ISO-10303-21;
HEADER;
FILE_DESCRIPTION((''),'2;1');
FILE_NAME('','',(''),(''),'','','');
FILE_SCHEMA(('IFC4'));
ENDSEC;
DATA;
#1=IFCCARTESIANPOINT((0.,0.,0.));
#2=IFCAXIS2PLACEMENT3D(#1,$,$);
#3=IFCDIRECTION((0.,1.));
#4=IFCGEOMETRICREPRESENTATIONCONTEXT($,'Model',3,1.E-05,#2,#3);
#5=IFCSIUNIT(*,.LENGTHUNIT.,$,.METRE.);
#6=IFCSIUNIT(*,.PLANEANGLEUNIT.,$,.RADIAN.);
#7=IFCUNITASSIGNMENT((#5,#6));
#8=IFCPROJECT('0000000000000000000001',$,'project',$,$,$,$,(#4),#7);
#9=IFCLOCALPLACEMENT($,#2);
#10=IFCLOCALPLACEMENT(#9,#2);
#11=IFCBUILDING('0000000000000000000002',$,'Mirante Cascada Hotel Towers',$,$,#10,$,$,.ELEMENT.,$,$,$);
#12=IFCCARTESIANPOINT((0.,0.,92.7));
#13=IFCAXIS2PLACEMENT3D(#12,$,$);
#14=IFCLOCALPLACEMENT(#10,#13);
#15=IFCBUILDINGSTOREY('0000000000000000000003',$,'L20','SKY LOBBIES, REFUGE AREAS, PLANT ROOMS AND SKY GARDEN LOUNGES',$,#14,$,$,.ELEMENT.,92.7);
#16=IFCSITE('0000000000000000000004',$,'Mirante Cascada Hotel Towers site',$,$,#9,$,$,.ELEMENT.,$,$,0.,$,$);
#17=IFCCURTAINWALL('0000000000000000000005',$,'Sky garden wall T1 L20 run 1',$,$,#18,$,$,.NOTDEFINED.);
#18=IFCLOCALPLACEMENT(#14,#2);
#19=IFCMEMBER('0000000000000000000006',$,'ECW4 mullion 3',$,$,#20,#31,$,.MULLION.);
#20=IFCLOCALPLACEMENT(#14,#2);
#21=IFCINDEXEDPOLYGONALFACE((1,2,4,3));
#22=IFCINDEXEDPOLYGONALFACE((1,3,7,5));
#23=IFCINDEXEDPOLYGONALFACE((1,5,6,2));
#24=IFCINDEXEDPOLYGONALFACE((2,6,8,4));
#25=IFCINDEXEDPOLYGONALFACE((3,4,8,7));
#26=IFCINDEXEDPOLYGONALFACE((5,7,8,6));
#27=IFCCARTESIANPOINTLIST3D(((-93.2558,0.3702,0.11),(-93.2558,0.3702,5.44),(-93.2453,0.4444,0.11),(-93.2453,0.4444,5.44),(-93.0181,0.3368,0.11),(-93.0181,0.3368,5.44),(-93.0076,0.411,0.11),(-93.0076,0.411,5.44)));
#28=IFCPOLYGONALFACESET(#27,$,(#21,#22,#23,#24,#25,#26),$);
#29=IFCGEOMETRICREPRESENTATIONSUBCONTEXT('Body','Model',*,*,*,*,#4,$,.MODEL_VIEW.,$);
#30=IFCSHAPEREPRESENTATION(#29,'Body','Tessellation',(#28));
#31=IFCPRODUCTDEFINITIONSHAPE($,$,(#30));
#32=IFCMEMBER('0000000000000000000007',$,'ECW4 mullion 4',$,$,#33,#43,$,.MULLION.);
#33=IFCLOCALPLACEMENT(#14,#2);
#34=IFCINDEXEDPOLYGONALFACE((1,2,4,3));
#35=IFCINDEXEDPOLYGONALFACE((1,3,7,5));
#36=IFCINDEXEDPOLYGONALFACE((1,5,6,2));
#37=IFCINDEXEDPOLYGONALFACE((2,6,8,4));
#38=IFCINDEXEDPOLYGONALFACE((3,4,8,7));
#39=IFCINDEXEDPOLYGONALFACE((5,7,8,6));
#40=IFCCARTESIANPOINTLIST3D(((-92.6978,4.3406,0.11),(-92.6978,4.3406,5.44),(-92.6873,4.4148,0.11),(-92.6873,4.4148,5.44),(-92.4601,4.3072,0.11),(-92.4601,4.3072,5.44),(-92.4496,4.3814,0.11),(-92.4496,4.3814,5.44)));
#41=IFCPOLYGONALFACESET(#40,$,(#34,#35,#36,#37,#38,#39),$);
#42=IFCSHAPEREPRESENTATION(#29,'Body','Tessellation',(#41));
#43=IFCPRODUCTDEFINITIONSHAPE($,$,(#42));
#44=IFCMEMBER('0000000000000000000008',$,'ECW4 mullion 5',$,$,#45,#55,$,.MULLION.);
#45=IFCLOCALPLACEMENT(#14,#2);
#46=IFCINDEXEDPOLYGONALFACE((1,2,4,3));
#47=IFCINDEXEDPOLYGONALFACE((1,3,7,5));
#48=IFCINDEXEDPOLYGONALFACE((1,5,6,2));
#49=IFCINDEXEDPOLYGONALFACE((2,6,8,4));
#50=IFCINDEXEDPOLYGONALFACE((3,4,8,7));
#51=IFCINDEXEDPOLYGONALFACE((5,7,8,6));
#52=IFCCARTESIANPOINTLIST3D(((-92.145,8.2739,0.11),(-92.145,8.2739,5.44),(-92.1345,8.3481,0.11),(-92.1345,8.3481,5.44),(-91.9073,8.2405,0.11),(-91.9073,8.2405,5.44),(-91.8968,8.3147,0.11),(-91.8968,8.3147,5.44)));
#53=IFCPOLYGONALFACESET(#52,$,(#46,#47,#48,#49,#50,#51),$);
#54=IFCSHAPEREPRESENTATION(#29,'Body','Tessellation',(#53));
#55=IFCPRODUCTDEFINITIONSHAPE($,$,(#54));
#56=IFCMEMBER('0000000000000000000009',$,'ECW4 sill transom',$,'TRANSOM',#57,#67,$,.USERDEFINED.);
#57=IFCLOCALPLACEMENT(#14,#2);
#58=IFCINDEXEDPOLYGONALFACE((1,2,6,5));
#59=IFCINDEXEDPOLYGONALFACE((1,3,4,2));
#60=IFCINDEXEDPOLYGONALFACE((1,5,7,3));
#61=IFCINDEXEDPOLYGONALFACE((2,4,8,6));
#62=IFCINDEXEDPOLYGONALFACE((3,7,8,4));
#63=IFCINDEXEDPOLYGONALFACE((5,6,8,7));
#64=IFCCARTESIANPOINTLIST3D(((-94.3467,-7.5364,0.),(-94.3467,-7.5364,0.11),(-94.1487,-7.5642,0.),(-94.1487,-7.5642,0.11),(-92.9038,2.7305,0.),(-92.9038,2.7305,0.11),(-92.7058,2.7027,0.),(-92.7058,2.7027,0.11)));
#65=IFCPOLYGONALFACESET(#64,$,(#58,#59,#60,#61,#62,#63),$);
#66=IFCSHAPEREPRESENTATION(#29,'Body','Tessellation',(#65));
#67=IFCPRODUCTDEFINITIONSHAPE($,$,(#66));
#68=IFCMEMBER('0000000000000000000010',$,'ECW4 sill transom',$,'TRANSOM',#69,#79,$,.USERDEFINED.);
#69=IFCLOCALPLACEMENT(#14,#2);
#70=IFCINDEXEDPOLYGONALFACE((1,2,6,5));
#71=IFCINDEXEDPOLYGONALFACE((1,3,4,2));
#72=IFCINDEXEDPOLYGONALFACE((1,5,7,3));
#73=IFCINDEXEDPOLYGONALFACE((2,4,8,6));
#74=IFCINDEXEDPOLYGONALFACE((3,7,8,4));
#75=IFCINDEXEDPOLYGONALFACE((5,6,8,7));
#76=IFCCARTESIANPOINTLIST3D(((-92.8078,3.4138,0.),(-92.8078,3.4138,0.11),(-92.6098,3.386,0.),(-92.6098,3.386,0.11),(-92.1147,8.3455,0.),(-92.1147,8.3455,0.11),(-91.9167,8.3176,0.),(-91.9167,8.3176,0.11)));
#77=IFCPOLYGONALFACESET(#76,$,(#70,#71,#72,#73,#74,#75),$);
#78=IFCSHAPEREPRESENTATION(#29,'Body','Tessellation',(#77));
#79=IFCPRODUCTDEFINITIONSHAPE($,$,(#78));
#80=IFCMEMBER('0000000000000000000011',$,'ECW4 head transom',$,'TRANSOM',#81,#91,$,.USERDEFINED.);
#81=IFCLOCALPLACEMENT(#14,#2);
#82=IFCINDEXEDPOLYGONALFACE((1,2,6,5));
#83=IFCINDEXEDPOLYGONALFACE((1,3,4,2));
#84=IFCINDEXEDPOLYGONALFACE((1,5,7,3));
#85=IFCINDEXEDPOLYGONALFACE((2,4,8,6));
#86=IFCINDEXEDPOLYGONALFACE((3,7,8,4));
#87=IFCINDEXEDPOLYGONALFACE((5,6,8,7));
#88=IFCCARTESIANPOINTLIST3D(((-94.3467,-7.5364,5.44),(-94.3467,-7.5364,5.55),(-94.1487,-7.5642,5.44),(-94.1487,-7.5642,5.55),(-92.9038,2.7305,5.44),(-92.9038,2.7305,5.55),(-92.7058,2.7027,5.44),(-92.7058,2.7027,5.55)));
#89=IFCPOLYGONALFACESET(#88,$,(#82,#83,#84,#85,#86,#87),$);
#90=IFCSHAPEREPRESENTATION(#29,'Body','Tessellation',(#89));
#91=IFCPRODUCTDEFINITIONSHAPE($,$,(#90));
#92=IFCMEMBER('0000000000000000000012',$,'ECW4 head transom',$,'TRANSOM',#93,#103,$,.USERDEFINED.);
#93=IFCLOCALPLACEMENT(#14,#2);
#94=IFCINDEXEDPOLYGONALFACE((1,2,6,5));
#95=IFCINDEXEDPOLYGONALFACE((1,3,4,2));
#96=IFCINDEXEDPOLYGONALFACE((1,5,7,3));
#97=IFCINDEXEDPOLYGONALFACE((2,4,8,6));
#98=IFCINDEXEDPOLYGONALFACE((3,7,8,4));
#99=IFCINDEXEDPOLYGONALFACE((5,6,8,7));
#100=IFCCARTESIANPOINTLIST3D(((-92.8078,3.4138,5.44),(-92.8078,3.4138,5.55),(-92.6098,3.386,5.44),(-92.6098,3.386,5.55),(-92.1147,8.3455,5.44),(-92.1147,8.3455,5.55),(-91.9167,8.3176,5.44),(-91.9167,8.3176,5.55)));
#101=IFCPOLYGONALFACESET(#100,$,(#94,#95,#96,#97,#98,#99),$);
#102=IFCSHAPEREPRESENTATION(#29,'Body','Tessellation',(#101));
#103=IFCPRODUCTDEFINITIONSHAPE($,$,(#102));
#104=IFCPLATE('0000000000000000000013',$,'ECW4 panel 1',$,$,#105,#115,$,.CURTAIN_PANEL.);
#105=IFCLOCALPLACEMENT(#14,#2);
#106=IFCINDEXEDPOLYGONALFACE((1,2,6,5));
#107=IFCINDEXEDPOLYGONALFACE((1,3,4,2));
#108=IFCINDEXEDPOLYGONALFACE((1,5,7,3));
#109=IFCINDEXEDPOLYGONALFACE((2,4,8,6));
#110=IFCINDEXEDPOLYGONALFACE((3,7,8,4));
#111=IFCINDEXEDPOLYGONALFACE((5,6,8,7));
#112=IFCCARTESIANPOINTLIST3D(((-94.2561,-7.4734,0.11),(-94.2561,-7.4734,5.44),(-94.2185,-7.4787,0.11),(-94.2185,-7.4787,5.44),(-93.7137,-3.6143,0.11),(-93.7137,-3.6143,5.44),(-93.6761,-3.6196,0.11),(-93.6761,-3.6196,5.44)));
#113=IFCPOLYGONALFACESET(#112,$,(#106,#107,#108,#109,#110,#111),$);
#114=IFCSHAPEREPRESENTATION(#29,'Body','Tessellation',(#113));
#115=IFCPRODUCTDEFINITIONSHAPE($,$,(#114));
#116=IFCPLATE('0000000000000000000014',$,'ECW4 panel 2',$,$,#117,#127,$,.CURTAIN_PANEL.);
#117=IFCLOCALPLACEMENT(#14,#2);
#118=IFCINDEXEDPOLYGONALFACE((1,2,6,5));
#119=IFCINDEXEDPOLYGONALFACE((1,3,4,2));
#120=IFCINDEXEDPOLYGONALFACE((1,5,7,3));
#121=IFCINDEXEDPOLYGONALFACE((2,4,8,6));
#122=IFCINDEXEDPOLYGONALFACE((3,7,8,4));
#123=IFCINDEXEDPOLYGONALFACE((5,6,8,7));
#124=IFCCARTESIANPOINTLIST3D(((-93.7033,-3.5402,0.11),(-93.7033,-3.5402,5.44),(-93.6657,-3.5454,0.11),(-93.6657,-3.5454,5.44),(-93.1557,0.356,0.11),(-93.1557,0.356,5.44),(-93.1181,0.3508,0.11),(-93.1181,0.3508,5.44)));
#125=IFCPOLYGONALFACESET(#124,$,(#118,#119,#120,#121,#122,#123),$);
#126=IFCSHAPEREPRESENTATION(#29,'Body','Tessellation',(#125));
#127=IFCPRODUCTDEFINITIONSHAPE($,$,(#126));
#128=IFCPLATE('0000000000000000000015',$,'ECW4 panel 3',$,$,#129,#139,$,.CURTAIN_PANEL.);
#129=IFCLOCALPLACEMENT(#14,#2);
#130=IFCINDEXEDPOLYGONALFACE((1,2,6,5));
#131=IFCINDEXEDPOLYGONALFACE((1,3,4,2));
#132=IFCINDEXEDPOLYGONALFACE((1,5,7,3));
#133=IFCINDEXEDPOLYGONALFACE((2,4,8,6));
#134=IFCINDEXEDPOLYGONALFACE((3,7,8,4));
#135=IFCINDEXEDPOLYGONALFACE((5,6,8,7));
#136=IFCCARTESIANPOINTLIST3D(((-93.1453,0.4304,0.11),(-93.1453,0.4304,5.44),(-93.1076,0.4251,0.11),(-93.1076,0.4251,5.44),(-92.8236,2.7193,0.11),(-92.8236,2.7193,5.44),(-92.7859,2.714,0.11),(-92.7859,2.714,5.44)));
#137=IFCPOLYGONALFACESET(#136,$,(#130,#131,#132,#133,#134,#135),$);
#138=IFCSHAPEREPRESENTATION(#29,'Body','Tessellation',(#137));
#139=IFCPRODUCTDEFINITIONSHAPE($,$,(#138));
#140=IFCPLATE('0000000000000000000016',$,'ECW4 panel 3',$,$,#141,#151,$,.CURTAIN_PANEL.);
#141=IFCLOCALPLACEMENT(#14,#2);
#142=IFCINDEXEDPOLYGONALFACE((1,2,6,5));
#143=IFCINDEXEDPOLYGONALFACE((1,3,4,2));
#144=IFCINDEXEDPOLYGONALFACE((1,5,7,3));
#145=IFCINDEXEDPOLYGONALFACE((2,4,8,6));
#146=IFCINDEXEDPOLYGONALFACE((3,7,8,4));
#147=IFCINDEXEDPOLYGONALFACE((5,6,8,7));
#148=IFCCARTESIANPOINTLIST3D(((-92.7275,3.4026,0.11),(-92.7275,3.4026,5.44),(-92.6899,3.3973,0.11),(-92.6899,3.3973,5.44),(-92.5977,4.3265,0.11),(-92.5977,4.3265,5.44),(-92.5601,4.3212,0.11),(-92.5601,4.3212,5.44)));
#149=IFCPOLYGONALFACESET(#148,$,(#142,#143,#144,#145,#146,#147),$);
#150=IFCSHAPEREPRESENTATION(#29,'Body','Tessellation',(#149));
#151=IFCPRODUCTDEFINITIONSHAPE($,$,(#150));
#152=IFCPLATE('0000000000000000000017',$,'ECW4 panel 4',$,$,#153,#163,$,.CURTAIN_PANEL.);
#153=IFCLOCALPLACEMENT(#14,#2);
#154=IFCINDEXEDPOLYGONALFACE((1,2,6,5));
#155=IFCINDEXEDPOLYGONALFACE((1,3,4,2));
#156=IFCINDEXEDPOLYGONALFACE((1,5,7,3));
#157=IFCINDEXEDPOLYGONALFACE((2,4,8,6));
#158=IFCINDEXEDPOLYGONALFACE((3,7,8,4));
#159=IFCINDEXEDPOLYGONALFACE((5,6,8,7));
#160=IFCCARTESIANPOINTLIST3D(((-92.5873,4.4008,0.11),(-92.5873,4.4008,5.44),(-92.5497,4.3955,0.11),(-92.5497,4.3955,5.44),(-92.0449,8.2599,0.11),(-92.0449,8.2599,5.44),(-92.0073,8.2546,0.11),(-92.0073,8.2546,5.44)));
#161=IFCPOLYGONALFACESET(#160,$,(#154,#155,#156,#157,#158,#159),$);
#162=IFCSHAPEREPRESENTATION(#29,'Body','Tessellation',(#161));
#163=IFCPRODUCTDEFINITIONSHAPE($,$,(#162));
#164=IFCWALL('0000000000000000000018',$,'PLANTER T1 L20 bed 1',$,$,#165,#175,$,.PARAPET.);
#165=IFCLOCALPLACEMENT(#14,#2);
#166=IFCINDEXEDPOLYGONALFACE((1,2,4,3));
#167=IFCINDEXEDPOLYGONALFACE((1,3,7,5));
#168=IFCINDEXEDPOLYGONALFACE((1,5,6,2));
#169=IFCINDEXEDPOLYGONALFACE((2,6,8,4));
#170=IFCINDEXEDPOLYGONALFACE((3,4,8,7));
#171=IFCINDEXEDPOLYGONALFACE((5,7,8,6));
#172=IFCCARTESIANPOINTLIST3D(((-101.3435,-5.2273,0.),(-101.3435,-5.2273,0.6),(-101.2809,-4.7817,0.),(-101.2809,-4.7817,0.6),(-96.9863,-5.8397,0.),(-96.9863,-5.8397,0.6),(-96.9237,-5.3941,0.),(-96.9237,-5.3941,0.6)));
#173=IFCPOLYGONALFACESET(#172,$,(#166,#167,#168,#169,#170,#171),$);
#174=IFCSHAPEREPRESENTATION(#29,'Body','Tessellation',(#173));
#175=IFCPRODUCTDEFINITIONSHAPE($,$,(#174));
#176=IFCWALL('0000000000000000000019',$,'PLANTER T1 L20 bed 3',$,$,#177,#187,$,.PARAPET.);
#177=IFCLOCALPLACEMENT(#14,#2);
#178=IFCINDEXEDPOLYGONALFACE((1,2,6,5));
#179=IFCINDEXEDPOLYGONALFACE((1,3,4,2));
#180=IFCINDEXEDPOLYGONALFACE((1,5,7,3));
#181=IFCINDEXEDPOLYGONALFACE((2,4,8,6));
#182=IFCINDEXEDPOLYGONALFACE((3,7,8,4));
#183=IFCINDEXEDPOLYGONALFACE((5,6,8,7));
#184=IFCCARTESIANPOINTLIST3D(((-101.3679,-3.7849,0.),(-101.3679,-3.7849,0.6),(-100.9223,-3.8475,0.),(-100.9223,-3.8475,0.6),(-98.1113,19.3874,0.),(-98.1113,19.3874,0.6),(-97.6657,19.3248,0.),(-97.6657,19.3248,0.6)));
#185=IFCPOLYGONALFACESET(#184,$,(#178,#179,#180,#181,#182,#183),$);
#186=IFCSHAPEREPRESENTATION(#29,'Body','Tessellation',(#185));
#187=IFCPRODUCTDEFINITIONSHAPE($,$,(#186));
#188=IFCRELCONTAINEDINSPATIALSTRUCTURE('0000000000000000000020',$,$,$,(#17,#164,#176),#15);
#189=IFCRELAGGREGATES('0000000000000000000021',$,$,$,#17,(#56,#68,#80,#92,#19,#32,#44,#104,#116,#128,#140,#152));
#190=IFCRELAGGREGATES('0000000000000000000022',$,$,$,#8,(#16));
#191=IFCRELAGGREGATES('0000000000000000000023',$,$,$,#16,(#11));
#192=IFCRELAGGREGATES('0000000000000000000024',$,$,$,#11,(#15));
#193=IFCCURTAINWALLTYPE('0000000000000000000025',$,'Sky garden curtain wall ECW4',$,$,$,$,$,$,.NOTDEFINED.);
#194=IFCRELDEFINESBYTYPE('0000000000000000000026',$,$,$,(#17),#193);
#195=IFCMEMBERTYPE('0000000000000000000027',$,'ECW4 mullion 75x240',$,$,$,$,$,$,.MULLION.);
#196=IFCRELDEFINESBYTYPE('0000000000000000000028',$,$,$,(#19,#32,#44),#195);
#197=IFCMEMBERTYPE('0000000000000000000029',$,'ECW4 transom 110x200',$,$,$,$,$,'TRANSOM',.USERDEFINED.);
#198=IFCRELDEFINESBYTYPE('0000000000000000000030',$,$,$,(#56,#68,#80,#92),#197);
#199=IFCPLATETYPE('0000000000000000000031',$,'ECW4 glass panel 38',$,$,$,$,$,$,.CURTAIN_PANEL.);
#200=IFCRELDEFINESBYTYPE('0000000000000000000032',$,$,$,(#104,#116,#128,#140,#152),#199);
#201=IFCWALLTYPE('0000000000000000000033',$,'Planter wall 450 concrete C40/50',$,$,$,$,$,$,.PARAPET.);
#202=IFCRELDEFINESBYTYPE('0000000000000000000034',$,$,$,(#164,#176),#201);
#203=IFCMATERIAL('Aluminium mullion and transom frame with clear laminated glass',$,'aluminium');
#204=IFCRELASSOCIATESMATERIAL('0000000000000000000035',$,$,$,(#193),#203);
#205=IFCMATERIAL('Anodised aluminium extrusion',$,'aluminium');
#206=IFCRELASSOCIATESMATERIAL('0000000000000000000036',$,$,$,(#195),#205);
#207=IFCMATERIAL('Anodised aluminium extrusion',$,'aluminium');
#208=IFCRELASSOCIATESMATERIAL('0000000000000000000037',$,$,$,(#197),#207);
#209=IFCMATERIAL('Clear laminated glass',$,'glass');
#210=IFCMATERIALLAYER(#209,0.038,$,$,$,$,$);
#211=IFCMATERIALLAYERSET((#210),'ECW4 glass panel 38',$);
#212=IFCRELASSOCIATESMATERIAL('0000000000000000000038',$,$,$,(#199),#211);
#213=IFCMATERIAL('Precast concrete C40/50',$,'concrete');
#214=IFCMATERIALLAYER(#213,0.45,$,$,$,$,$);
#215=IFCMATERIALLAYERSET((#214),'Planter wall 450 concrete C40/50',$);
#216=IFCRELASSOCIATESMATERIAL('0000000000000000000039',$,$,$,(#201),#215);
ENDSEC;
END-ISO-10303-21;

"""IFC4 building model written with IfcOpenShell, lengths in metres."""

from ifc_helpers import new_model, si_unit, direction, frame, frame_2d, origin, origin_2d, place, context, subcontext, project, spatial, rectangle, extrude, material, layer, layer_set, material_profile, profile_set, type_object, element, aggregate, save


model = new_model("IFC4")

# Units and contexts
model_context = context("Model", 3, precision=1e-05, world=origin(), true_north=direction((0.0, 1.0)))
body_context = subcontext(model_context, "Body", "Model", "MODEL_VIEW")
ifc_project = project(units=[si_unit("LENGTHUNIT", "METRE"), si_unit("PLANEANGLEUNIT", "RADIAN")], contexts=[model_context])

# Site, building, storey
site_placement = place(None, origin())
site = spatial("IfcSite", under=ifc_project, at=site_placement, Name="Mirante Cascada Hotel Towers site", CompositionType="ELEMENT", RefElevation=0.0)
building_placement = place(site_placement, origin())
building = spatial("IfcBuilding", under=site, at=building_placement, Name="Mirante Cascada Hotel Towers", CompositionType="ELEMENT")
storey_placement = place(building_placement, frame((0.0, 0.0, 92.7)))
storey = spatial("IfcBuildingStorey", under=building, at=storey_placement, Name="L20", Description="SKY LOBBIES, REFUGE AREAS, PLANT ROOMS AND SKY GARDEN LOUNGES", CompositionType="ELEMENT", Elevation=92.7)

# Curtain wall, members, plates
ifc_material_1 = material(Name="Aluminium mullion and transom frame with clear laminated glass", Category="aluminium")
curtain_wall_type = type_object("IfcCurtainWallType", Name="Sky garden curtain wall ECW4", PredefinedType="NOTDEFINED", material=ifc_material_1)
curtain_wall_placement = place(storey_placement, origin())
curtain_wall = element("IfcCurtainWall", 1, at=curtain_wall_placement, inside=storey, type_object=curtain_wall_type, Name="Sky garden wall T1 L20 run 1", PredefinedType="NOTDEFINED")
ifc_material_2 = material(Name="Anodised aluminium extrusion", Category="aluminium")
ifc_material_profile_1 = material_profile(ifc_material_2, rectangle(XDim=0.24, YDim=0.075, at=origin_2d()), Name="ECW4 MULLION 75x240")
ifc_profile_set_1 = profile_set([ifc_material_profile_1], Name="Anodised aluminium extrusion")
member_type_1 = type_object("IfcMemberType", Name="ECW4 mullion 75x240", PredefinedType="MULLION", material=ifc_profile_set_1)
member_1_placement = place(storey_placement, frame((-93.1317, 0.3906, 0.11), z_axis=(0.0, 0.0, 1.0), x_axis=(-0.990268, 0.139173, 0.0)))
member_1 = element("IfcMember", 2, at=member_1_placement, type_object=member_type_1, Name="ECW4 mullion 3", PredefinedType="MULLION", context=body_context, shape_type="SweptSolid", body=[
    extrude(rectangle(XDim=0.24, YDim=0.075, at=origin_2d()), origin(), (0.0, 0.0, 1.0), 5.33),
])
member_2_placement = place(storey_placement, frame((-92.5737, 4.361, 0.11), z_axis=(0.0, 0.0, 1.0), x_axis=(-0.990268, 0.139173, 0.0)))
member_2 = element("IfcMember", 3, at=member_2_placement, type_object=member_type_1, Name="ECW4 mullion 4", PredefinedType="MULLION", context=body_context, shape_type="SweptSolid", body=[
    extrude(rectangle(XDim=0.24, YDim=0.075, at=origin_2d()), origin(), (0.0, 0.0, 1.0), 5.33),
])
member_3_placement = place(storey_placement, frame((-92.0209, 8.2943, 0.11), z_axis=(0.0, 0.0, 1.0), x_axis=(-0.990268, 0.139173, 0.0)))
member_3 = element("IfcMember", 4, at=member_3_placement, type_object=member_type_1, Name="ECW4 mullion 5", PredefinedType="MULLION", context=body_context, shape_type="SweptSolid", body=[
    extrude(rectangle(XDim=0.24, YDim=0.075, at=origin_2d()), origin(), (0.0, 0.0, 1.0), 5.33),
])
ifc_material_3 = material(Name="Anodised aluminium extrusion", Category="aluminium")
ifc_material_profile_2 = material_profile(ifc_material_3, rectangle(XDim=0.2, YDim=0.11, at=origin_2d()), Name="ECW4 TRANSOM 110x200")
ifc_profile_set_2 = profile_set([ifc_material_profile_2], Name="Anodised aluminium extrusion")
member_type_2 = type_object("IfcMemberType", Name="ECW4 transom 110x200", ElementType="TRANSOM", PredefinedType="USERDEFINED", material=ifc_profile_set_2)
member_4_placement = place(storey_placement, frame((-94.2477, -7.5503, 0.055), z_axis=(0.139171, 0.990268, 0.0), x_axis=(-0.990268, 0.139171, 0.0)))
member_4 = element("IfcMember", 5, at=member_4_placement, type_object=member_type_2, Name="ECW4 sill transom", ObjectType="TRANSOM", PredefinedType="USERDEFINED", context=body_context, shape_type="SweptSolid", body=[
    extrude(rectangle(XDim=0.2, YDim=0.11, at=origin_2d()), origin(), (0.0, 0.0, 1.0), 10.3678),
])
member_5_placement = place(storey_placement, frame((-92.7088, 3.3999, 0.055), z_axis=(0.139175, 0.990268, 0.0), x_axis=(-0.990268, 0.139175, 0.0)))
member_5 = element("IfcMember", 6, at=member_5_placement, type_object=member_type_2, Name="ECW4 sill transom", ObjectType="TRANSOM", PredefinedType="USERDEFINED", context=body_context, shape_type="SweptSolid", body=[
    extrude(rectangle(XDim=0.2, YDim=0.11, at=origin_2d()), origin(), (0.0, 0.0, 1.0), 4.9801),
])
member_6_placement = place(storey_placement, frame((-94.2477, -7.5503, 5.495), z_axis=(0.139171, 0.990268, 0.0), x_axis=(-0.990268, 0.139171, 0.0)))
member_6 = element("IfcMember", 7, at=member_6_placement, type_object=member_type_2, Name="ECW4 head transom", ObjectType="TRANSOM", PredefinedType="USERDEFINED", context=body_context, shape_type="SweptSolid", body=[
    extrude(rectangle(XDim=0.2, YDim=0.11, at=origin_2d()), origin(), (0.0, 0.0, 1.0), 10.3678),
])
member_7_placement = place(storey_placement, frame((-92.7088, 3.3999, 5.495), z_axis=(0.139175, 0.990268, 0.0), x_axis=(-0.990268, 0.139175, 0.0)))
member_7 = element("IfcMember", 8, at=member_7_placement, type_object=member_type_2, Name="ECW4 head transom", ObjectType="TRANSOM", PredefinedType="USERDEFINED", context=body_context, shape_type="SweptSolid", body=[
    extrude(rectangle(XDim=0.2, YDim=0.11, at=origin_2d()), origin(), (0.0, 0.0, 1.0), 4.9801),
])
ifc_material_4 = material(Name="Clear laminated glass", Category="glass")
ifc_layer_1 = layer(ifc_material_4, 0.038)
ifc_layer_set_1 = layer_set([ifc_layer_1], Name="ECW4 glass panel 38")
plate_type = type_object("IfcPlateType", Name="ECW4 glass panel 38", PredefinedType="CURTAIN_PANEL", material=ifc_layer_set_1)
plate_1_placement = place(storey_placement, frame((-93.9661, -5.5465, 0.11), z_axis=(0.0, 0.0, 1.0), x_axis=(0.139173, 0.990268, 0.0)))
plate_1 = element("IfcPlate", 9, at=plate_1_placement, type_object=plate_type, Name="ECW4 panel 1", PredefinedType="CURTAIN_PANEL", context=body_context, shape_type="SweptSolid", body=[
    extrude(rectangle(XDim=3.897, YDim=0.038, at=origin_2d()), origin(), (0.0, 0.0, 1.0), 5.33),
])
plate_2_placement = place(storey_placement, frame((-93.4107, -1.5947, 0.11), z_axis=(0.0, 0.0, 1.0), x_axis=(0.139173, 0.990268, 0.0)))
plate_2 = element("IfcPlate", 10, at=plate_2_placement, type_object=plate_type, Name="ECW4 panel 2", PredefinedType="CURTAIN_PANEL", context=body_context, shape_type="SweptSolid", body=[
    extrude(rectangle(XDim=3.9345, YDim=0.038, at=origin_2d()), origin(), (0.0, 0.0, 1.0), 5.33),
])
plate_3_placement = place(storey_placement, frame((-92.9656, 1.5722, 0.11), z_axis=(0.0, 0.0, 1.0), x_axis=(0.139173, 0.990268, 0.0)))
plate_3 = element("IfcPlate", 11, at=plate_3_placement, type_object=plate_type, Name="ECW4 panel 3", PredefinedType="CURTAIN_PANEL", context=body_context, shape_type="SweptSolid", body=[
    extrude(rectangle(XDim=2.3114, YDim=0.038, at=origin_2d()), origin(), (0.0, 0.0, 1.0), 5.33),
])
plate_4_placement = place(storey_placement, frame((-92.6438, 3.8619, 0.11), z_axis=(0.0, 0.0, 1.0), x_axis=(0.139173, 0.990268, 0.0)))
plate_4 = element("IfcPlate", 12, at=plate_4_placement, type_object=plate_type, Name="ECW4 panel 3", PredefinedType="CURTAIN_PANEL", context=body_context, shape_type="SweptSolid", body=[
    extrude(rectangle(XDim=0.933, YDim=0.038, at=origin_2d()), origin(), (0.0, 0.0, 1.0), 5.33),
])
plate_5_placement = place(storey_placement, frame((-92.2973, 6.3277, 0.11), z_axis=(0.0, 0.0, 1.0), x_axis=(0.139173, 0.990268, 0.0)))
plate_5 = element("IfcPlate", 13, at=plate_5_placement, type_object=plate_type, Name="ECW4 panel 4", PredefinedType="CURTAIN_PANEL", context=body_context, shape_type="SweptSolid", body=[
    extrude(rectangle(XDim=3.897, YDim=0.038, at=origin_2d()), origin(), (0.0, 0.0, 1.0), 5.33),
])
aggregate(curtain_wall, [member_4, member_5, member_6, member_7, member_1, member_2, member_3, plate_1, plate_2, plate_3, plate_4, plate_5])

# Walls
ifc_material_5 = material(Name="Precast concrete C40/50", Category="concrete")
ifc_layer_2 = layer(ifc_material_5, 0.45)
ifc_layer_set_2 = layer_set([ifc_layer_2], Name="Planter wall 450 concrete C40/50")
wall_type_1 = type_object("IfcWallType", Name="Planter wall 450 concrete C40/50", PredefinedType="PARAPET", material=ifc_layer_set_2)
wall_1_placement = place(storey_placement, frame((-96.955, -5.6169, 0.0), z_axis=(0.0, 0.0, 1.0), x_axis=(-0.990267, 0.139181, 0.0)))
element("IfcWall", 14, at=wall_1_placement, inside=storey, type_object=wall_type_1, Name="PLANTER T1 L20 bed 1", PredefinedType="PARAPET", context=body_context, shape_type="SweptSolid", body=[
    extrude(rectangle(XDim=4.4, YDim=0.45, at=frame_2d((2.2, 0.0))), origin(), (0.0, 0.0, 1.0), 0.6),
])
wall_2_placement = place(storey_placement, frame((-101.1451, -3.8162, 0.0), z_axis=(0.0, 0.0, 1.0), x_axis=(0.139171, 0.990268, 0.0)))
element("IfcWall", 15, at=wall_2_placement, inside=storey, type_object=wall_type_1, Name="PLANTER T1 L20 bed 3", PredefinedType="PARAPET", context=body_context, shape_type="SweptSolid", body=[
    extrude(rectangle(XDim=23.4, YDim=0.45, at=frame_2d((11.7, 0.0))), origin(), (0.0, 0.0, 1.0), 0.6),
])

save(model, "model.ifc")
